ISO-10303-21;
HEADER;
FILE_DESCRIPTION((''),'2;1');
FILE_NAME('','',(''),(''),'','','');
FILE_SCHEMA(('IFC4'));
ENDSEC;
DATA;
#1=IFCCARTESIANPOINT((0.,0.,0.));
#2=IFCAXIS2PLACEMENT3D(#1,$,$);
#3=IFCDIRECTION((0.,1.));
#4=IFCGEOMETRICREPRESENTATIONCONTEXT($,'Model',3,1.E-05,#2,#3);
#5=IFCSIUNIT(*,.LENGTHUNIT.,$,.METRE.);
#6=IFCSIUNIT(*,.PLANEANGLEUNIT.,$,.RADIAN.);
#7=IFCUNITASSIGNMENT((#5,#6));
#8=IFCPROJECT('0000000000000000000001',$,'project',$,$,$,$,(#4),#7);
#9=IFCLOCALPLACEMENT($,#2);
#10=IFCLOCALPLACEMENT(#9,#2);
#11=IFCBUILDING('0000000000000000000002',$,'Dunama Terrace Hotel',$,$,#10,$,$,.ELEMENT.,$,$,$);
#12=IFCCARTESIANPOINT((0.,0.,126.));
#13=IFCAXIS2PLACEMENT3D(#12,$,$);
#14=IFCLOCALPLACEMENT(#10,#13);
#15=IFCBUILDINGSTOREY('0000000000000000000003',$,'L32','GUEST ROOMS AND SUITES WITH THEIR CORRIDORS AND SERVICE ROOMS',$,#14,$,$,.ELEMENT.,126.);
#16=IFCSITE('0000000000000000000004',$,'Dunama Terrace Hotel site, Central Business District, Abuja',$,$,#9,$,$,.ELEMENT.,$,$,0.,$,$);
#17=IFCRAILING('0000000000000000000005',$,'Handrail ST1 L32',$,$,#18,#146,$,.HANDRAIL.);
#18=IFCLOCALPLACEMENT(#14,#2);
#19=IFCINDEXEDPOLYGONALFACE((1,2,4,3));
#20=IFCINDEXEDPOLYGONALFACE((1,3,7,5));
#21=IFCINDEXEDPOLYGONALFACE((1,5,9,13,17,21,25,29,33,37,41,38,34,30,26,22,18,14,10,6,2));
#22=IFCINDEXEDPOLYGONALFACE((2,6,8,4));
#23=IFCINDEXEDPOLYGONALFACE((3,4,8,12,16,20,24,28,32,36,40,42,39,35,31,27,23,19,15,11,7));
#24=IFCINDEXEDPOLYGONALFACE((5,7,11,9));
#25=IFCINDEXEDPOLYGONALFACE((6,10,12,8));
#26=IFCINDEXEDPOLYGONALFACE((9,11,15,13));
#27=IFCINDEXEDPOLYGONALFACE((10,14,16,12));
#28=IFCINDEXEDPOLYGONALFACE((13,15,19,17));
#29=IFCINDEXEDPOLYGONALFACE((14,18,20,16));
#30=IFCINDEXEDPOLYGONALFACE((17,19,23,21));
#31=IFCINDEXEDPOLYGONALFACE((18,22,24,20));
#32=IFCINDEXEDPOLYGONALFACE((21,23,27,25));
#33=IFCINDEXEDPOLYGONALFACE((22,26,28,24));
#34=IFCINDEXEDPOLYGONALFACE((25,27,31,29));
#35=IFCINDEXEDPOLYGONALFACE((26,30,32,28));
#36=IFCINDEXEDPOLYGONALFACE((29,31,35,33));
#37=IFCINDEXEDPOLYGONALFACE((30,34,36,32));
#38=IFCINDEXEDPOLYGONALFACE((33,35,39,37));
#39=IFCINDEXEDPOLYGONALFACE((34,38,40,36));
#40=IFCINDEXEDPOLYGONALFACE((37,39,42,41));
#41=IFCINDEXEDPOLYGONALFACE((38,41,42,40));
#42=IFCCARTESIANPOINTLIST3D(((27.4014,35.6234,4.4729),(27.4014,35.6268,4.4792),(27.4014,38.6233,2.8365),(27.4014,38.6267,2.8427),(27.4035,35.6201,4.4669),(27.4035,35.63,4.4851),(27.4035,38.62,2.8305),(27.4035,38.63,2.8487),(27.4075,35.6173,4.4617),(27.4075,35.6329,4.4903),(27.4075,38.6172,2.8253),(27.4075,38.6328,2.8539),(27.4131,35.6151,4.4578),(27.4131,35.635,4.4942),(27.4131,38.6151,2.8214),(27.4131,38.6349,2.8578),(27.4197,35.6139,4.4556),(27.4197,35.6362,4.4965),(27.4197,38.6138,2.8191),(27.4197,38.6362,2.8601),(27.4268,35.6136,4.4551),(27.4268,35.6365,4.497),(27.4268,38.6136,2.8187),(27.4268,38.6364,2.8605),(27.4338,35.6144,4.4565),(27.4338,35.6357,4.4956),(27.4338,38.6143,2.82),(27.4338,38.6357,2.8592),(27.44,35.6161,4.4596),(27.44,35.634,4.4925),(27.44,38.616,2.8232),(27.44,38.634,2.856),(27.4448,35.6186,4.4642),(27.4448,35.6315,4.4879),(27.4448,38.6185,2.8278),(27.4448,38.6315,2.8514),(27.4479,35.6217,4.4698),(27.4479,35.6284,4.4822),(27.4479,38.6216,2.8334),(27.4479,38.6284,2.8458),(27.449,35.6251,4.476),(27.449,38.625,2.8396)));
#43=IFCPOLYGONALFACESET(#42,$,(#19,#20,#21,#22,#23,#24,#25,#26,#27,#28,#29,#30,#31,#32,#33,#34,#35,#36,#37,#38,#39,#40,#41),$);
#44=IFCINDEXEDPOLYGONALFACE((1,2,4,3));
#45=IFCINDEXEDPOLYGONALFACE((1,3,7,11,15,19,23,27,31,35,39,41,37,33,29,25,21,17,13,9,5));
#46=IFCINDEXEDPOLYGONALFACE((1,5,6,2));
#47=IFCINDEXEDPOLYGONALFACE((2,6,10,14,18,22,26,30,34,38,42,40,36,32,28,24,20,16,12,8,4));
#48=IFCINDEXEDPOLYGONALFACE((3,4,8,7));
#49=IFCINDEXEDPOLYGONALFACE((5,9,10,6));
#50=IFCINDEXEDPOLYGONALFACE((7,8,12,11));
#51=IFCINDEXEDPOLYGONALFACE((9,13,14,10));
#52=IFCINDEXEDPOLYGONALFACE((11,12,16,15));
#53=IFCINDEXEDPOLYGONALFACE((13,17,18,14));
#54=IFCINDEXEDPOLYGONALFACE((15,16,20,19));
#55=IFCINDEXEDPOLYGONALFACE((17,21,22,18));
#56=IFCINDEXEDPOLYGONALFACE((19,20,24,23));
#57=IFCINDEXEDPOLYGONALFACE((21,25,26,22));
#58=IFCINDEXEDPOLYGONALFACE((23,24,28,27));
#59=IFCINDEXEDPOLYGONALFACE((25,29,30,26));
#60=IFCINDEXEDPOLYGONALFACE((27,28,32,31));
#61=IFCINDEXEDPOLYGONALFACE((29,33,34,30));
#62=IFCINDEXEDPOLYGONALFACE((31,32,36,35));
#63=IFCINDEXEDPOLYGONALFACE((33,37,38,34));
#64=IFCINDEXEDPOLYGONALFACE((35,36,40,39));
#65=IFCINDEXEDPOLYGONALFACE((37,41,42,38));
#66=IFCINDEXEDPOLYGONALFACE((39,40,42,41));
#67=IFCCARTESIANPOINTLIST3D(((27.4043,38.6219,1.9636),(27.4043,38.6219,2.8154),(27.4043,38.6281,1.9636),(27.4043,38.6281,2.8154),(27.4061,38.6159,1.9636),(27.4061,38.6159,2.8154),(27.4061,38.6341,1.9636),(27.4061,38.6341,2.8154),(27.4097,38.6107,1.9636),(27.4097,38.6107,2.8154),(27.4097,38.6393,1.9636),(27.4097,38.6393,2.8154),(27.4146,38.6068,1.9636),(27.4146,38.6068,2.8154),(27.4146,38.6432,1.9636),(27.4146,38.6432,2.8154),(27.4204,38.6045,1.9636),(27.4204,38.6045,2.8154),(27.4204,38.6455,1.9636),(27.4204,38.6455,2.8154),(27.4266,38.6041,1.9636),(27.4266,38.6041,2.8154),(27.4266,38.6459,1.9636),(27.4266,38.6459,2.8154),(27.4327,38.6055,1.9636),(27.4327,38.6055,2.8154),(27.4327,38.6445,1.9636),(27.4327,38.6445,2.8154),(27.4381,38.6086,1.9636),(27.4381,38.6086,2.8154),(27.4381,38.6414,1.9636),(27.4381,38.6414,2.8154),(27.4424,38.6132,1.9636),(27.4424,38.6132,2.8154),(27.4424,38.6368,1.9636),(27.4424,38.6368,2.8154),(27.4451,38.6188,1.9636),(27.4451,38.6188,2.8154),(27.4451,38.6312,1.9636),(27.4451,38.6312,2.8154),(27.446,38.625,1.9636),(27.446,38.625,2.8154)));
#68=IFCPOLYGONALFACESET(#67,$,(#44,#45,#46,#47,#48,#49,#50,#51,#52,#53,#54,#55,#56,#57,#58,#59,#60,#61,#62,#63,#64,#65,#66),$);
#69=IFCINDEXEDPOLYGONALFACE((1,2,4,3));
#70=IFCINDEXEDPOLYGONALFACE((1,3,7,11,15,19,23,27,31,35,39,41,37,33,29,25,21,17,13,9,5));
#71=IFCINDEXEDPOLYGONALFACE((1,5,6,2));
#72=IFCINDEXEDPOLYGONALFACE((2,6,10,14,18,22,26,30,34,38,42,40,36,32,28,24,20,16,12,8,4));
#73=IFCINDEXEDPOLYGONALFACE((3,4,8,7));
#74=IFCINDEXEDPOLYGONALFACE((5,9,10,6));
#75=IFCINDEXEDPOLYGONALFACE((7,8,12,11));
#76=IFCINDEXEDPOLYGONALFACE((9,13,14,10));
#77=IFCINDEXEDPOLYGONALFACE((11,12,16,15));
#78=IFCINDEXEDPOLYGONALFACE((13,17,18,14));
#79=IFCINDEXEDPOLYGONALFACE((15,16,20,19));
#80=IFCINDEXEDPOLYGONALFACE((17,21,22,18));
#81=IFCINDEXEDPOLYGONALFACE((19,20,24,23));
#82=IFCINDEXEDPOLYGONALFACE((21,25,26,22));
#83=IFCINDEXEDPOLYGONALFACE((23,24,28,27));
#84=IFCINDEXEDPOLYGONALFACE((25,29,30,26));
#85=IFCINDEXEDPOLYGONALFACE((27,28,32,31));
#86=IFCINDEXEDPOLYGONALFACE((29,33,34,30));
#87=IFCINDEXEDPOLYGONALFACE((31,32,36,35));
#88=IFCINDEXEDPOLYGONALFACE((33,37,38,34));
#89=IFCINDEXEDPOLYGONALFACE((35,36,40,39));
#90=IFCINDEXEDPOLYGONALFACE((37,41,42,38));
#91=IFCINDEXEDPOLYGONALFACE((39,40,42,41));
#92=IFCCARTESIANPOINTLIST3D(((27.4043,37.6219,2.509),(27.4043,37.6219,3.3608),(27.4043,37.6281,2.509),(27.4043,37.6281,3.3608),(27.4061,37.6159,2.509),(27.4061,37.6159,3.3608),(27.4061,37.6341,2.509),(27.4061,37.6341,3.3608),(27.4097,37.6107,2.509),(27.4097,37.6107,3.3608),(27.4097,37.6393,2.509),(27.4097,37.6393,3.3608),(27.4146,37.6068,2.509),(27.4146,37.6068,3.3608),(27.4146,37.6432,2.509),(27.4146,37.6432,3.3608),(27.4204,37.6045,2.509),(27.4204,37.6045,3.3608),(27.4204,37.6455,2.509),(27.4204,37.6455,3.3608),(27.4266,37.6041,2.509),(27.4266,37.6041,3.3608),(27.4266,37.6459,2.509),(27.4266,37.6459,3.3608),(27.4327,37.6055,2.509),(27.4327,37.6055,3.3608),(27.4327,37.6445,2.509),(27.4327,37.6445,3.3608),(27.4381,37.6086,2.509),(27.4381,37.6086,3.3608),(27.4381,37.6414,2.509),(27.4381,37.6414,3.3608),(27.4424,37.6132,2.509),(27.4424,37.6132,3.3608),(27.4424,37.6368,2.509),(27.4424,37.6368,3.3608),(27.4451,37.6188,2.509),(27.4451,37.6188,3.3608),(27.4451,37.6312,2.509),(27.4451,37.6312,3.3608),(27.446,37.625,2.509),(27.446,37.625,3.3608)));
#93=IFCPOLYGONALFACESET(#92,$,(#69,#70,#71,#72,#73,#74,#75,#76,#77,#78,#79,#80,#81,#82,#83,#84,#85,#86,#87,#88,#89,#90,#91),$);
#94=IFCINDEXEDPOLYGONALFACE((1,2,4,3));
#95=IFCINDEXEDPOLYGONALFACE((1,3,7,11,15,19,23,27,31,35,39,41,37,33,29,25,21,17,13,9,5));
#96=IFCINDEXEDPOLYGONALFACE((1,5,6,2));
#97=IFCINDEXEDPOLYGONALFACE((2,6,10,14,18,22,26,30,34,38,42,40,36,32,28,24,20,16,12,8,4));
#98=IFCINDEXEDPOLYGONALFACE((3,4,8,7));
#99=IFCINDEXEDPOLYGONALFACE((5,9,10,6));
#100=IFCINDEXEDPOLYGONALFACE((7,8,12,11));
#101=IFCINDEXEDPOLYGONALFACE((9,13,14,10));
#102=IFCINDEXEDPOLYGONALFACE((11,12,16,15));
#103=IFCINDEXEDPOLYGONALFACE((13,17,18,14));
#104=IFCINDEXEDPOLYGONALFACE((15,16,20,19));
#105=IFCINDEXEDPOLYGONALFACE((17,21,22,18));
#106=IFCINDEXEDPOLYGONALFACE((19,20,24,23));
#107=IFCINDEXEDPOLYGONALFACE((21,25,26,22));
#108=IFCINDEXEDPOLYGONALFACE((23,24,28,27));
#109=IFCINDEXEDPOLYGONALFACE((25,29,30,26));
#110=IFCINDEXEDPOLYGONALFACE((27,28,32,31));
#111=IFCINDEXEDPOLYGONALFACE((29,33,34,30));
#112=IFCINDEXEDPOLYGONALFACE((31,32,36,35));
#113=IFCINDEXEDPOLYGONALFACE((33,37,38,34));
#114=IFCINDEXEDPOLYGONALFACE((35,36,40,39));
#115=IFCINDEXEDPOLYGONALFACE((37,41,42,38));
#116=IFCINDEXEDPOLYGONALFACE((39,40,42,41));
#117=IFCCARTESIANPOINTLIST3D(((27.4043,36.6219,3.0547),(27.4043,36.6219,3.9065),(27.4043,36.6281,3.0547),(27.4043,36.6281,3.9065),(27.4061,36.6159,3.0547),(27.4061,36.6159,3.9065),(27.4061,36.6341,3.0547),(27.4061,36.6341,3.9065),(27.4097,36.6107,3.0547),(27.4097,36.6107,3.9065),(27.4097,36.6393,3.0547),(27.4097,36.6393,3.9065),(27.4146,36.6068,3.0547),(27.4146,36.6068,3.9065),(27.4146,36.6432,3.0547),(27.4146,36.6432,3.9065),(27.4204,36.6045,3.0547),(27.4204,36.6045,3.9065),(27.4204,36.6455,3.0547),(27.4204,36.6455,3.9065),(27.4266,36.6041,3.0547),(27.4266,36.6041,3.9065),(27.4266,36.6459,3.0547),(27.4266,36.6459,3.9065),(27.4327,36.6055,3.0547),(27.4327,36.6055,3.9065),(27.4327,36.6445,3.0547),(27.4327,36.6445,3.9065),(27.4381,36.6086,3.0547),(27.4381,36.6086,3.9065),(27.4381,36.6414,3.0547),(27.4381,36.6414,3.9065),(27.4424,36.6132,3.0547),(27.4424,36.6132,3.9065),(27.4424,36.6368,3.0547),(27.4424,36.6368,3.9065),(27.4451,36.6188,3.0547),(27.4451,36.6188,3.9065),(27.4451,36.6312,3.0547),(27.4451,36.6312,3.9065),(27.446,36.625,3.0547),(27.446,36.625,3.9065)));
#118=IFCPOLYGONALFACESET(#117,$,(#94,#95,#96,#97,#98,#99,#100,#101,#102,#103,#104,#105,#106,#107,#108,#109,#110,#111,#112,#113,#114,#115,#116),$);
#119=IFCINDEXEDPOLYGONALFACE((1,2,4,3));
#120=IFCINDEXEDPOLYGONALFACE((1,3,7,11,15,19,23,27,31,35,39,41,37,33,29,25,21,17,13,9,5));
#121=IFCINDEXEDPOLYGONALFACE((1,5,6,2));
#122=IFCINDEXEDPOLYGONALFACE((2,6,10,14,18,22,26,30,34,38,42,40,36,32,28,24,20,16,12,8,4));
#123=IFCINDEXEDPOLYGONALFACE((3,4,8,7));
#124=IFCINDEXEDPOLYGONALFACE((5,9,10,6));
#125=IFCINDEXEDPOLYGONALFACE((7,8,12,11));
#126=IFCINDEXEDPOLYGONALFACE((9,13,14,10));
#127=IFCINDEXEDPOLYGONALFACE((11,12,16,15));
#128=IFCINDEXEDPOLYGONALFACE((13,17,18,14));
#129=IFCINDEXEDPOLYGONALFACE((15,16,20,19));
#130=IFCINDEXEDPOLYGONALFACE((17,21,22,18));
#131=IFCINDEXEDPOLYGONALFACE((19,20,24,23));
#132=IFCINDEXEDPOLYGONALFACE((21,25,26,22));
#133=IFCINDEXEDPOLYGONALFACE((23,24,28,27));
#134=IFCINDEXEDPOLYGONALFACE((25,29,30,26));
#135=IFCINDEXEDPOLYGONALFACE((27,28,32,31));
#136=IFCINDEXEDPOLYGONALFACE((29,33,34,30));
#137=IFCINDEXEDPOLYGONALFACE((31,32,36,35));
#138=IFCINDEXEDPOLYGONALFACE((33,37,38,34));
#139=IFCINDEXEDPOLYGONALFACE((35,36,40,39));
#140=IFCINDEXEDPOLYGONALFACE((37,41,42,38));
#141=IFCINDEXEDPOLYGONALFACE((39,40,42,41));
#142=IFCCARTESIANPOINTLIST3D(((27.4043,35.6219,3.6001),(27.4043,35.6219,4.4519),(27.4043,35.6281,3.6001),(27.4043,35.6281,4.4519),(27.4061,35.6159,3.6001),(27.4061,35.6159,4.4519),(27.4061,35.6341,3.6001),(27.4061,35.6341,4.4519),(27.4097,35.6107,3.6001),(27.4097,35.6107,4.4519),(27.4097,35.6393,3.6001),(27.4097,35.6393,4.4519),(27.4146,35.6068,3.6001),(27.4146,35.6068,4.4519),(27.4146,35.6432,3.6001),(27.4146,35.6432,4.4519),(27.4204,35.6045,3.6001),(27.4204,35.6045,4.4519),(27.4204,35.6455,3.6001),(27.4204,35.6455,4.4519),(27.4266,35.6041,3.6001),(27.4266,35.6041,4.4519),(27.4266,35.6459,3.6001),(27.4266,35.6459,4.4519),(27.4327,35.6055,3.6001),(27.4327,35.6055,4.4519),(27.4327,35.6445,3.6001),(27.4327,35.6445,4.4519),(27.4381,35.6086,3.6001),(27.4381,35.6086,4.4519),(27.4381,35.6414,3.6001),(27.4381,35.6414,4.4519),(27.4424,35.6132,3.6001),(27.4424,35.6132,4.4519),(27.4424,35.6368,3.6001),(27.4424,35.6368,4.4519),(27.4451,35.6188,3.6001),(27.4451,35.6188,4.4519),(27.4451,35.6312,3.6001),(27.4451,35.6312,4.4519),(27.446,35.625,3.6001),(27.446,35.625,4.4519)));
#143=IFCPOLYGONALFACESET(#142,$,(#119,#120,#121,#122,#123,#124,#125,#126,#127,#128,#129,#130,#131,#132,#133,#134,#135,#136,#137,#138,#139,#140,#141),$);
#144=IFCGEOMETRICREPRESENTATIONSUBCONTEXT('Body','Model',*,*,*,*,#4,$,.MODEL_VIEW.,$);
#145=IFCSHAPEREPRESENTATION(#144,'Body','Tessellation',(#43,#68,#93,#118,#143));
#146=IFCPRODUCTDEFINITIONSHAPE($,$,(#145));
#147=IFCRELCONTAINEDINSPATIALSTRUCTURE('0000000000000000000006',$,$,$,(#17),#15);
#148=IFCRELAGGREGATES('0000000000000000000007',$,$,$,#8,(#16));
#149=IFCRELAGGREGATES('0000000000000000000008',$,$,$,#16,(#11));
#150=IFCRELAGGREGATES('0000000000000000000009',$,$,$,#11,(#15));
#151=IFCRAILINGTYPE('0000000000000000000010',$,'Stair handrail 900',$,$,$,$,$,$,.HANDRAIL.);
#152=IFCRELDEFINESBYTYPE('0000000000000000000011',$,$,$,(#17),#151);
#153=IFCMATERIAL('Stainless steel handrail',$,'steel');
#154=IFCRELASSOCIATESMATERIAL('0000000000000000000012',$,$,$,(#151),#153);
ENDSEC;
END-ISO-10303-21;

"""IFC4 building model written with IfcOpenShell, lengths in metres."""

from ifc_helpers import new_model, si_unit, direction, frame, origin, origin_2d, place, context, subcontext, project, spatial, circle, extrude, material, type_object, element, save


model = new_model("IFC4")

# Units and contexts
model_context = context("Model", 3, precision=1e-05, world=origin(), true_north=direction((0.0, 1.0)))
body_context = subcontext(model_context, "Body", "Model", "MODEL_VIEW")
ifc_project = project(units=[si_unit("LENGTHUNIT", "METRE"), si_unit("PLANEANGLEUNIT", "RADIAN")], contexts=[model_context])

# Site, building, storey
site_placement = place(None, origin())
site = spatial("IfcSite", under=ifc_project, at=site_placement, Name="Dunama Terrace Hotel site, Central Business District, Abuja", CompositionType="ELEMENT", RefElevation=0.0)
building_placement = place(site_placement, origin())
building = spatial("IfcBuilding", under=site, at=building_placement, Name="Dunama Terrace Hotel", CompositionType="ELEMENT")
storey_placement = place(building_placement, frame((0.0, 0.0, 126.0)))
storey = spatial("IfcBuildingStorey", under=building, at=storey_placement, Name="L32", Description="GUEST ROOMS AND SUITES WITH THEIR CORRIDORS AND SERVICE ROOMS", CompositionType="ELEMENT", Elevation=126.0)

# Railing
ifc_material_1 = material(Name="Stainless steel handrail", Category="steel")
railing_type = type_object("IfcRailingType", Name="Stair handrail 900", PredefinedType="HANDRAIL", material=ifc_material_1)
railing_1_placement = place(storey_placement, frame((27.425, 38.625, 1.9636)))
element("IfcRailing", 1, at=railing_1_placement, inside=storey, type_object=railing_type, Name="Handrail ST1 L32", PredefinedType="HANDRAIL", context=body_context, shape_type="SweptSolid", body=[
    extrude(circle(Radius=0.0239, at=origin_2d()), frame((0.0, 0.0, 0.876), z_axis=(0.0, -0.877882, 0.478877), x_axis=(1.0, 0.0, 0.0)), (0.0, 0.0, 1.0), 3.4172),
    extrude(circle(Radius=0.021, at=origin_2d()), origin(), (0.0, 0.0, 1.0), 0.8518),
    extrude(circle(Radius=0.021, at=origin_2d()), frame((0.0, -1.0, 0.5454)), (0.0, 0.0, 1.0), 0.8518),
    extrude(circle(Radius=0.021, at=origin_2d()), frame((0.0, -2.0, 1.0911)), (0.0, 0.0, 1.0), 0.8518),
    extrude(circle(Radius=0.021, at=origin_2d()), frame((0.0, -3.0, 1.6365)), (0.0, 0.0, 1.0), 0.8518),
])

save(model, "model.ifc")
